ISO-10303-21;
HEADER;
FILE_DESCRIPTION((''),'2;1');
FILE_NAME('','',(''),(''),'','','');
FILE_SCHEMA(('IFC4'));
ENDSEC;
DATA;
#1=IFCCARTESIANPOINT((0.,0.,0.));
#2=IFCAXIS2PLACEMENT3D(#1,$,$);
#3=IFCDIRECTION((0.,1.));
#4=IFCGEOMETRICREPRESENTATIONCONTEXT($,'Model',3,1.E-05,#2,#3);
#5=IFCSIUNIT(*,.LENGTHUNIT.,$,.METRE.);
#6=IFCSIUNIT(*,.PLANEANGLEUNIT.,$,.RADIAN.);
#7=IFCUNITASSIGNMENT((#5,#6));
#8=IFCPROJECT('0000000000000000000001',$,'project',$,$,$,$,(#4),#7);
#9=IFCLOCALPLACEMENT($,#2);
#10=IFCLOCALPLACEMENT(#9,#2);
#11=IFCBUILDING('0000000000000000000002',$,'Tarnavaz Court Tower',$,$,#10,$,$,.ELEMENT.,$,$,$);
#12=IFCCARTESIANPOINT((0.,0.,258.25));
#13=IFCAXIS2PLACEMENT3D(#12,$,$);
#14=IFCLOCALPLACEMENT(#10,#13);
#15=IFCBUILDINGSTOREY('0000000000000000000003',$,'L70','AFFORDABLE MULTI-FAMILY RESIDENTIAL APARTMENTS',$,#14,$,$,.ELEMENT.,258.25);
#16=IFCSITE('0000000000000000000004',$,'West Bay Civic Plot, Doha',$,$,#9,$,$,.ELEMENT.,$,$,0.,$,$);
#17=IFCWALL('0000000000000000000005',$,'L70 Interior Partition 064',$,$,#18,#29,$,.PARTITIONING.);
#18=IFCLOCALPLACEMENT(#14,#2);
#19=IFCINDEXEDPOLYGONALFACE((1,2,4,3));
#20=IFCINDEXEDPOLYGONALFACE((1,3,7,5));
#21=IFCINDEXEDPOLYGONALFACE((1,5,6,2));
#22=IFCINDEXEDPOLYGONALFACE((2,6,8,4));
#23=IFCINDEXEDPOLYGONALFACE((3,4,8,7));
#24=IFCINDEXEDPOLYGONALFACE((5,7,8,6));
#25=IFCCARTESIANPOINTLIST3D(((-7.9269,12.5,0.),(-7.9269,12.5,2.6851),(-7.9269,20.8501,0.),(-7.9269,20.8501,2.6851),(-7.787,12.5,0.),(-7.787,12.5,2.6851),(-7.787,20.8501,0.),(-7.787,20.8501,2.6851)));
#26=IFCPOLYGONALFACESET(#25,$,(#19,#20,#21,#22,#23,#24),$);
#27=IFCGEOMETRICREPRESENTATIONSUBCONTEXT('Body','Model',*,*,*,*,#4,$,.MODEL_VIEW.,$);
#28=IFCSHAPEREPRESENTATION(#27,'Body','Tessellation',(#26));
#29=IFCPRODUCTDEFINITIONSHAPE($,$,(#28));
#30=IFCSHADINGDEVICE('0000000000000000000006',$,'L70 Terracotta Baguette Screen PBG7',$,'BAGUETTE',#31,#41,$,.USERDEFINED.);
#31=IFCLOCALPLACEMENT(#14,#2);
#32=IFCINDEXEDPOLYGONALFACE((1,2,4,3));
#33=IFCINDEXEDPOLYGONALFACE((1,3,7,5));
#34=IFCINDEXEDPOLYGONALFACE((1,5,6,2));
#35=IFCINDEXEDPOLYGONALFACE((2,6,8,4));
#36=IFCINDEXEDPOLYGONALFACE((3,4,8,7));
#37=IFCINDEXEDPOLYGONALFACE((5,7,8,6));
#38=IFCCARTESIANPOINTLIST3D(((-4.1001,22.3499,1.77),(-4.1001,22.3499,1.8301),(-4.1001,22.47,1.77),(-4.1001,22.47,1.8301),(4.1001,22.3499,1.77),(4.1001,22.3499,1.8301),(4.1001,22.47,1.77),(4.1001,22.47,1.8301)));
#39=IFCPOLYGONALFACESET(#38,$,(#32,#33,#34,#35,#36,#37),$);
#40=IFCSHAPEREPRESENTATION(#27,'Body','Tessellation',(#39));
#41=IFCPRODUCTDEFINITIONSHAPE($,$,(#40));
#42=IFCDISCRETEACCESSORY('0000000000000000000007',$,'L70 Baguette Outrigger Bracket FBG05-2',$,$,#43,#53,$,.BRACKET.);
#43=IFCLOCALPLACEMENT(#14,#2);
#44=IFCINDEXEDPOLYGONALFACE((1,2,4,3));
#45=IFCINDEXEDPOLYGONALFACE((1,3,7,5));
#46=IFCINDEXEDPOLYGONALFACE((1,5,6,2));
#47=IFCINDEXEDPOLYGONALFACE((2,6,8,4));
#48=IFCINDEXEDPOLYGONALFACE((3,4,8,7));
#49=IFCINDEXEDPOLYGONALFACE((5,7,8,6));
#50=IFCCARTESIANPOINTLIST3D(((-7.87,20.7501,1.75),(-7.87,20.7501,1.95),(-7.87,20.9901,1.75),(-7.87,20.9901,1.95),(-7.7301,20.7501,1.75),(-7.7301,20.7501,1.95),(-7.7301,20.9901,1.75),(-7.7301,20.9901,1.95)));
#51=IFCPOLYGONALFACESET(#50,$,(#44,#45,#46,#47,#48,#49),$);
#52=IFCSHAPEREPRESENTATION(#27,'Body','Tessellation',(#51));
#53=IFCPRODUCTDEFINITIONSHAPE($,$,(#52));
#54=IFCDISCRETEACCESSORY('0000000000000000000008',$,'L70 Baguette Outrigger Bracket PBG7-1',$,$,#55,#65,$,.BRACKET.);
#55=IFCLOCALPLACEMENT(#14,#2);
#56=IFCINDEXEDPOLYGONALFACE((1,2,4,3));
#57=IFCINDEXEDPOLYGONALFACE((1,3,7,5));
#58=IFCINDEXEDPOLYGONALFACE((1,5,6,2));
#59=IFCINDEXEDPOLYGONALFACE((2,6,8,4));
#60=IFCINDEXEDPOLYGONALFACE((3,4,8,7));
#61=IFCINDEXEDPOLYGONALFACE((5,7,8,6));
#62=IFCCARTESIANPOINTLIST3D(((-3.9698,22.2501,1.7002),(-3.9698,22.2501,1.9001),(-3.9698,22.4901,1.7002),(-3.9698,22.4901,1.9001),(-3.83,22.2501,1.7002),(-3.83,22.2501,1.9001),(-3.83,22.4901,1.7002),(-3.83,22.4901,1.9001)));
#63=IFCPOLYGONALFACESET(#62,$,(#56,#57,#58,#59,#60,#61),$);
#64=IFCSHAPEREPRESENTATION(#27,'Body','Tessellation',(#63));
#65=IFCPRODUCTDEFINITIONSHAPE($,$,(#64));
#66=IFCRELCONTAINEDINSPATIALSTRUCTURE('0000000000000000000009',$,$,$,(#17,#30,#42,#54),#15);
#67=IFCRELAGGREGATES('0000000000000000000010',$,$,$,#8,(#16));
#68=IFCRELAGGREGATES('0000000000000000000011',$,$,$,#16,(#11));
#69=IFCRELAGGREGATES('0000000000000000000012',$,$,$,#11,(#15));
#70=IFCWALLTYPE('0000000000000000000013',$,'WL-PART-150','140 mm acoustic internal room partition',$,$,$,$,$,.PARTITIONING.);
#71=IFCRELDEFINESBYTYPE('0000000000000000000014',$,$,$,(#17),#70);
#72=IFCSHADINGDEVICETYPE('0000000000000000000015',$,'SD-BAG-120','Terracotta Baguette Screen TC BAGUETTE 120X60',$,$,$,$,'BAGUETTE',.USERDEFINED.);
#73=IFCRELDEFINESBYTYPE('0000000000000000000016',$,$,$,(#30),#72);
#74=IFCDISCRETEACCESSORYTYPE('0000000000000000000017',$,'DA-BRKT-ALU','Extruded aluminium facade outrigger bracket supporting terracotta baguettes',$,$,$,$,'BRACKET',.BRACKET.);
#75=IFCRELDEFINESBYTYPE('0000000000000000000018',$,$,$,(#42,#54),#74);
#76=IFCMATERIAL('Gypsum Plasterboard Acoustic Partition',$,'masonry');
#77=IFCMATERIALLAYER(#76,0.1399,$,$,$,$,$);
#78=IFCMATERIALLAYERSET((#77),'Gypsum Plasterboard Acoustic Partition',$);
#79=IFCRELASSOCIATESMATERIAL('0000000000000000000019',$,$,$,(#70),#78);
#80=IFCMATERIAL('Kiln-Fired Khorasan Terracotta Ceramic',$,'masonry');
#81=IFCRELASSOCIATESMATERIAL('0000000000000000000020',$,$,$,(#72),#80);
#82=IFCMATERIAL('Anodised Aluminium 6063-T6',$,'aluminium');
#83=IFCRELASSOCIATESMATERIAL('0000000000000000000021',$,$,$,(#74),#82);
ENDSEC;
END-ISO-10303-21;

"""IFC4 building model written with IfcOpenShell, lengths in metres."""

from ifc_helpers import new_model, si_unit, direction, frame, frame_2d, origin, origin_2d, place, context, subcontext, project, spatial, rectangle, extrude, material, layer, layer_set, material_profile, profile_set, type_object, element, save


model = new_model("IFC4")

# Units and contexts
model_context = context("Model", 3, precision=1e-05, world=origin(), true_north=direction((0.0, 1.0)))
body_context = subcontext(model_context, "Body", "Model", "MODEL_VIEW")
ifc_project = project(units=[si_unit("LENGTHUNIT", "METRE"), si_unit("PLANEANGLEUNIT", "RADIAN")], contexts=[model_context])

# Site, building, storey
site_placement = place(None, origin())
site = spatial("IfcSite", under=ifc_project, at=site_placement, Name="West Bay Civic Plot, Doha", CompositionType="ELEMENT", RefElevation=0.0)
building_placement = place(site_placement, origin())
building = spatial("IfcBuilding", under=site, at=building_placement, Name="Tarnavaz Court Tower", CompositionType="ELEMENT")
storey_placement = place(building_placement, frame((0.0, 0.0, 258.25)))
storey = spatial("IfcBuildingStorey", under=building, at=storey_placement, Name="L70", Description="AFFORDABLE MULTI-FAMILY RESIDENTIAL APARTMENTS", CompositionType="ELEMENT", Elevation=258.25)

# Shared definitions
ifc_material_1 = material(Name="Anodised Aluminium 6063-T6", Category="aluminium")

# Shared definitions
ifc_material_2 = material(Name="Gypsum Plasterboard Acoustic Partition", Category="masonry")
ifc_layer_1 = layer(ifc_material_2, 0.1399)
ifc_layer_set_1 = layer_set([ifc_layer_1], Name="Gypsum Plasterboard Acoustic Partition")
wall_type_1 = type_object("IfcWallType", Name="WL-PART-150", Description="140 mm acoustic internal room partition", PredefinedType="PARTITIONING", material=ifc_layer_set_1)

# Wall
wall_1_placement = place(storey_placement, frame((-7.8569, 12.5, 0.0), z_axis=(0.0, 0.0, 1.0), x_axis=(0.0, 1.0, 0.0)))
element("IfcWall", 1, at=wall_1_placement, inside=storey, type_object=wall_type_1, Name="L70 Interior Partition 064", PredefinedType="PARTITIONING", context=body_context, shape_type="SweptSolid", body=[
    extrude(rectangle(XDim=8.3501, YDim=0.1399, at=frame_2d((4.175, 0.0))), origin(), (0.0, 0.0, 1.0), 2.6851),
])

# Shading device
ifc_material_3 = material(Name="Kiln-Fired Khorasan Terracotta Ceramic", Category="masonry")
ifc_material_profile_1 = material_profile(ifc_material_3, rectangle(XDim=0.1201, YDim=0.0601, at=origin_2d()), Name="TC BAGUETTE 120X60")
ifc_profile_set_1 = profile_set([ifc_material_profile_1], Name="Kiln-Fired Khorasan Terracotta Ceramic")
shading_device_type = type_object("IfcShadingDeviceType", Name="SD-BAG-120", Description="Terracotta Baguette Screen TC BAGUETTE 120X60", ElementType="BAGUETTE", PredefinedType="USERDEFINED", material=ifc_profile_set_1)
shading_device_placement = place(storey_placement, frame((-4.1001, 22.4099, 1.8), z_axis=(1.0, 0.0, 0.0), x_axis=(0.0, 1.0, 0.0)))
element("IfcShadingDevice", 2, at=shading_device_placement, inside=storey, type_object=shading_device_type, Name="L70 Terracotta Baguette Screen PBG7", ObjectType="BAGUETTE", PredefinedType="USERDEFINED", context=body_context, shape_type="SweptSolid", body=[
    extrude(rectangle(XDim=0.1201, YDim=0.0601, at=origin_2d()), origin(), (0.0, 0.0, 1.0), 8.2002),
])

# Discrete accessories
discrete_accessory_type = type_object("IfcDiscreteAccessoryType", Name="DA-BRKT-ALU", Description="Extruded aluminium facade outrigger bracket supporting terracotta baguettes", ElementType="BRACKET", PredefinedType="BRACKET", material=ifc_material_1)
for number, where, z_axis, x_axis, name in (
    (3, (-7.8, 20.8701, 1.75), (0.0, 0.0, 1.0), (1.0, 0.0, 0.0), "L70 Baguette Outrigger Bracket FBG05-2"),
    (4, (-3.8999, 22.3701, 1.7002), (0.0, 0.0, 1.0), (1.0, 0.0, 0.0), "L70 Baguette Outrigger Bracket PBG7-1"),
):
    element("IfcDiscreteAccessory", number, at=place(storey_placement, frame(where, z_axis=z_axis, x_axis=x_axis)), inside=storey, type_object=discrete_accessory_type, Name=name, PredefinedType="BRACKET", context=body_context, shape_type="SweptSolid", body=[
        extrude(rectangle(XDim=0.1399, YDim=0.24, at=origin_2d()), origin(), (0.0, 0.0, 1.0), 0.2),
    ])

save(model, "model.ifc")
